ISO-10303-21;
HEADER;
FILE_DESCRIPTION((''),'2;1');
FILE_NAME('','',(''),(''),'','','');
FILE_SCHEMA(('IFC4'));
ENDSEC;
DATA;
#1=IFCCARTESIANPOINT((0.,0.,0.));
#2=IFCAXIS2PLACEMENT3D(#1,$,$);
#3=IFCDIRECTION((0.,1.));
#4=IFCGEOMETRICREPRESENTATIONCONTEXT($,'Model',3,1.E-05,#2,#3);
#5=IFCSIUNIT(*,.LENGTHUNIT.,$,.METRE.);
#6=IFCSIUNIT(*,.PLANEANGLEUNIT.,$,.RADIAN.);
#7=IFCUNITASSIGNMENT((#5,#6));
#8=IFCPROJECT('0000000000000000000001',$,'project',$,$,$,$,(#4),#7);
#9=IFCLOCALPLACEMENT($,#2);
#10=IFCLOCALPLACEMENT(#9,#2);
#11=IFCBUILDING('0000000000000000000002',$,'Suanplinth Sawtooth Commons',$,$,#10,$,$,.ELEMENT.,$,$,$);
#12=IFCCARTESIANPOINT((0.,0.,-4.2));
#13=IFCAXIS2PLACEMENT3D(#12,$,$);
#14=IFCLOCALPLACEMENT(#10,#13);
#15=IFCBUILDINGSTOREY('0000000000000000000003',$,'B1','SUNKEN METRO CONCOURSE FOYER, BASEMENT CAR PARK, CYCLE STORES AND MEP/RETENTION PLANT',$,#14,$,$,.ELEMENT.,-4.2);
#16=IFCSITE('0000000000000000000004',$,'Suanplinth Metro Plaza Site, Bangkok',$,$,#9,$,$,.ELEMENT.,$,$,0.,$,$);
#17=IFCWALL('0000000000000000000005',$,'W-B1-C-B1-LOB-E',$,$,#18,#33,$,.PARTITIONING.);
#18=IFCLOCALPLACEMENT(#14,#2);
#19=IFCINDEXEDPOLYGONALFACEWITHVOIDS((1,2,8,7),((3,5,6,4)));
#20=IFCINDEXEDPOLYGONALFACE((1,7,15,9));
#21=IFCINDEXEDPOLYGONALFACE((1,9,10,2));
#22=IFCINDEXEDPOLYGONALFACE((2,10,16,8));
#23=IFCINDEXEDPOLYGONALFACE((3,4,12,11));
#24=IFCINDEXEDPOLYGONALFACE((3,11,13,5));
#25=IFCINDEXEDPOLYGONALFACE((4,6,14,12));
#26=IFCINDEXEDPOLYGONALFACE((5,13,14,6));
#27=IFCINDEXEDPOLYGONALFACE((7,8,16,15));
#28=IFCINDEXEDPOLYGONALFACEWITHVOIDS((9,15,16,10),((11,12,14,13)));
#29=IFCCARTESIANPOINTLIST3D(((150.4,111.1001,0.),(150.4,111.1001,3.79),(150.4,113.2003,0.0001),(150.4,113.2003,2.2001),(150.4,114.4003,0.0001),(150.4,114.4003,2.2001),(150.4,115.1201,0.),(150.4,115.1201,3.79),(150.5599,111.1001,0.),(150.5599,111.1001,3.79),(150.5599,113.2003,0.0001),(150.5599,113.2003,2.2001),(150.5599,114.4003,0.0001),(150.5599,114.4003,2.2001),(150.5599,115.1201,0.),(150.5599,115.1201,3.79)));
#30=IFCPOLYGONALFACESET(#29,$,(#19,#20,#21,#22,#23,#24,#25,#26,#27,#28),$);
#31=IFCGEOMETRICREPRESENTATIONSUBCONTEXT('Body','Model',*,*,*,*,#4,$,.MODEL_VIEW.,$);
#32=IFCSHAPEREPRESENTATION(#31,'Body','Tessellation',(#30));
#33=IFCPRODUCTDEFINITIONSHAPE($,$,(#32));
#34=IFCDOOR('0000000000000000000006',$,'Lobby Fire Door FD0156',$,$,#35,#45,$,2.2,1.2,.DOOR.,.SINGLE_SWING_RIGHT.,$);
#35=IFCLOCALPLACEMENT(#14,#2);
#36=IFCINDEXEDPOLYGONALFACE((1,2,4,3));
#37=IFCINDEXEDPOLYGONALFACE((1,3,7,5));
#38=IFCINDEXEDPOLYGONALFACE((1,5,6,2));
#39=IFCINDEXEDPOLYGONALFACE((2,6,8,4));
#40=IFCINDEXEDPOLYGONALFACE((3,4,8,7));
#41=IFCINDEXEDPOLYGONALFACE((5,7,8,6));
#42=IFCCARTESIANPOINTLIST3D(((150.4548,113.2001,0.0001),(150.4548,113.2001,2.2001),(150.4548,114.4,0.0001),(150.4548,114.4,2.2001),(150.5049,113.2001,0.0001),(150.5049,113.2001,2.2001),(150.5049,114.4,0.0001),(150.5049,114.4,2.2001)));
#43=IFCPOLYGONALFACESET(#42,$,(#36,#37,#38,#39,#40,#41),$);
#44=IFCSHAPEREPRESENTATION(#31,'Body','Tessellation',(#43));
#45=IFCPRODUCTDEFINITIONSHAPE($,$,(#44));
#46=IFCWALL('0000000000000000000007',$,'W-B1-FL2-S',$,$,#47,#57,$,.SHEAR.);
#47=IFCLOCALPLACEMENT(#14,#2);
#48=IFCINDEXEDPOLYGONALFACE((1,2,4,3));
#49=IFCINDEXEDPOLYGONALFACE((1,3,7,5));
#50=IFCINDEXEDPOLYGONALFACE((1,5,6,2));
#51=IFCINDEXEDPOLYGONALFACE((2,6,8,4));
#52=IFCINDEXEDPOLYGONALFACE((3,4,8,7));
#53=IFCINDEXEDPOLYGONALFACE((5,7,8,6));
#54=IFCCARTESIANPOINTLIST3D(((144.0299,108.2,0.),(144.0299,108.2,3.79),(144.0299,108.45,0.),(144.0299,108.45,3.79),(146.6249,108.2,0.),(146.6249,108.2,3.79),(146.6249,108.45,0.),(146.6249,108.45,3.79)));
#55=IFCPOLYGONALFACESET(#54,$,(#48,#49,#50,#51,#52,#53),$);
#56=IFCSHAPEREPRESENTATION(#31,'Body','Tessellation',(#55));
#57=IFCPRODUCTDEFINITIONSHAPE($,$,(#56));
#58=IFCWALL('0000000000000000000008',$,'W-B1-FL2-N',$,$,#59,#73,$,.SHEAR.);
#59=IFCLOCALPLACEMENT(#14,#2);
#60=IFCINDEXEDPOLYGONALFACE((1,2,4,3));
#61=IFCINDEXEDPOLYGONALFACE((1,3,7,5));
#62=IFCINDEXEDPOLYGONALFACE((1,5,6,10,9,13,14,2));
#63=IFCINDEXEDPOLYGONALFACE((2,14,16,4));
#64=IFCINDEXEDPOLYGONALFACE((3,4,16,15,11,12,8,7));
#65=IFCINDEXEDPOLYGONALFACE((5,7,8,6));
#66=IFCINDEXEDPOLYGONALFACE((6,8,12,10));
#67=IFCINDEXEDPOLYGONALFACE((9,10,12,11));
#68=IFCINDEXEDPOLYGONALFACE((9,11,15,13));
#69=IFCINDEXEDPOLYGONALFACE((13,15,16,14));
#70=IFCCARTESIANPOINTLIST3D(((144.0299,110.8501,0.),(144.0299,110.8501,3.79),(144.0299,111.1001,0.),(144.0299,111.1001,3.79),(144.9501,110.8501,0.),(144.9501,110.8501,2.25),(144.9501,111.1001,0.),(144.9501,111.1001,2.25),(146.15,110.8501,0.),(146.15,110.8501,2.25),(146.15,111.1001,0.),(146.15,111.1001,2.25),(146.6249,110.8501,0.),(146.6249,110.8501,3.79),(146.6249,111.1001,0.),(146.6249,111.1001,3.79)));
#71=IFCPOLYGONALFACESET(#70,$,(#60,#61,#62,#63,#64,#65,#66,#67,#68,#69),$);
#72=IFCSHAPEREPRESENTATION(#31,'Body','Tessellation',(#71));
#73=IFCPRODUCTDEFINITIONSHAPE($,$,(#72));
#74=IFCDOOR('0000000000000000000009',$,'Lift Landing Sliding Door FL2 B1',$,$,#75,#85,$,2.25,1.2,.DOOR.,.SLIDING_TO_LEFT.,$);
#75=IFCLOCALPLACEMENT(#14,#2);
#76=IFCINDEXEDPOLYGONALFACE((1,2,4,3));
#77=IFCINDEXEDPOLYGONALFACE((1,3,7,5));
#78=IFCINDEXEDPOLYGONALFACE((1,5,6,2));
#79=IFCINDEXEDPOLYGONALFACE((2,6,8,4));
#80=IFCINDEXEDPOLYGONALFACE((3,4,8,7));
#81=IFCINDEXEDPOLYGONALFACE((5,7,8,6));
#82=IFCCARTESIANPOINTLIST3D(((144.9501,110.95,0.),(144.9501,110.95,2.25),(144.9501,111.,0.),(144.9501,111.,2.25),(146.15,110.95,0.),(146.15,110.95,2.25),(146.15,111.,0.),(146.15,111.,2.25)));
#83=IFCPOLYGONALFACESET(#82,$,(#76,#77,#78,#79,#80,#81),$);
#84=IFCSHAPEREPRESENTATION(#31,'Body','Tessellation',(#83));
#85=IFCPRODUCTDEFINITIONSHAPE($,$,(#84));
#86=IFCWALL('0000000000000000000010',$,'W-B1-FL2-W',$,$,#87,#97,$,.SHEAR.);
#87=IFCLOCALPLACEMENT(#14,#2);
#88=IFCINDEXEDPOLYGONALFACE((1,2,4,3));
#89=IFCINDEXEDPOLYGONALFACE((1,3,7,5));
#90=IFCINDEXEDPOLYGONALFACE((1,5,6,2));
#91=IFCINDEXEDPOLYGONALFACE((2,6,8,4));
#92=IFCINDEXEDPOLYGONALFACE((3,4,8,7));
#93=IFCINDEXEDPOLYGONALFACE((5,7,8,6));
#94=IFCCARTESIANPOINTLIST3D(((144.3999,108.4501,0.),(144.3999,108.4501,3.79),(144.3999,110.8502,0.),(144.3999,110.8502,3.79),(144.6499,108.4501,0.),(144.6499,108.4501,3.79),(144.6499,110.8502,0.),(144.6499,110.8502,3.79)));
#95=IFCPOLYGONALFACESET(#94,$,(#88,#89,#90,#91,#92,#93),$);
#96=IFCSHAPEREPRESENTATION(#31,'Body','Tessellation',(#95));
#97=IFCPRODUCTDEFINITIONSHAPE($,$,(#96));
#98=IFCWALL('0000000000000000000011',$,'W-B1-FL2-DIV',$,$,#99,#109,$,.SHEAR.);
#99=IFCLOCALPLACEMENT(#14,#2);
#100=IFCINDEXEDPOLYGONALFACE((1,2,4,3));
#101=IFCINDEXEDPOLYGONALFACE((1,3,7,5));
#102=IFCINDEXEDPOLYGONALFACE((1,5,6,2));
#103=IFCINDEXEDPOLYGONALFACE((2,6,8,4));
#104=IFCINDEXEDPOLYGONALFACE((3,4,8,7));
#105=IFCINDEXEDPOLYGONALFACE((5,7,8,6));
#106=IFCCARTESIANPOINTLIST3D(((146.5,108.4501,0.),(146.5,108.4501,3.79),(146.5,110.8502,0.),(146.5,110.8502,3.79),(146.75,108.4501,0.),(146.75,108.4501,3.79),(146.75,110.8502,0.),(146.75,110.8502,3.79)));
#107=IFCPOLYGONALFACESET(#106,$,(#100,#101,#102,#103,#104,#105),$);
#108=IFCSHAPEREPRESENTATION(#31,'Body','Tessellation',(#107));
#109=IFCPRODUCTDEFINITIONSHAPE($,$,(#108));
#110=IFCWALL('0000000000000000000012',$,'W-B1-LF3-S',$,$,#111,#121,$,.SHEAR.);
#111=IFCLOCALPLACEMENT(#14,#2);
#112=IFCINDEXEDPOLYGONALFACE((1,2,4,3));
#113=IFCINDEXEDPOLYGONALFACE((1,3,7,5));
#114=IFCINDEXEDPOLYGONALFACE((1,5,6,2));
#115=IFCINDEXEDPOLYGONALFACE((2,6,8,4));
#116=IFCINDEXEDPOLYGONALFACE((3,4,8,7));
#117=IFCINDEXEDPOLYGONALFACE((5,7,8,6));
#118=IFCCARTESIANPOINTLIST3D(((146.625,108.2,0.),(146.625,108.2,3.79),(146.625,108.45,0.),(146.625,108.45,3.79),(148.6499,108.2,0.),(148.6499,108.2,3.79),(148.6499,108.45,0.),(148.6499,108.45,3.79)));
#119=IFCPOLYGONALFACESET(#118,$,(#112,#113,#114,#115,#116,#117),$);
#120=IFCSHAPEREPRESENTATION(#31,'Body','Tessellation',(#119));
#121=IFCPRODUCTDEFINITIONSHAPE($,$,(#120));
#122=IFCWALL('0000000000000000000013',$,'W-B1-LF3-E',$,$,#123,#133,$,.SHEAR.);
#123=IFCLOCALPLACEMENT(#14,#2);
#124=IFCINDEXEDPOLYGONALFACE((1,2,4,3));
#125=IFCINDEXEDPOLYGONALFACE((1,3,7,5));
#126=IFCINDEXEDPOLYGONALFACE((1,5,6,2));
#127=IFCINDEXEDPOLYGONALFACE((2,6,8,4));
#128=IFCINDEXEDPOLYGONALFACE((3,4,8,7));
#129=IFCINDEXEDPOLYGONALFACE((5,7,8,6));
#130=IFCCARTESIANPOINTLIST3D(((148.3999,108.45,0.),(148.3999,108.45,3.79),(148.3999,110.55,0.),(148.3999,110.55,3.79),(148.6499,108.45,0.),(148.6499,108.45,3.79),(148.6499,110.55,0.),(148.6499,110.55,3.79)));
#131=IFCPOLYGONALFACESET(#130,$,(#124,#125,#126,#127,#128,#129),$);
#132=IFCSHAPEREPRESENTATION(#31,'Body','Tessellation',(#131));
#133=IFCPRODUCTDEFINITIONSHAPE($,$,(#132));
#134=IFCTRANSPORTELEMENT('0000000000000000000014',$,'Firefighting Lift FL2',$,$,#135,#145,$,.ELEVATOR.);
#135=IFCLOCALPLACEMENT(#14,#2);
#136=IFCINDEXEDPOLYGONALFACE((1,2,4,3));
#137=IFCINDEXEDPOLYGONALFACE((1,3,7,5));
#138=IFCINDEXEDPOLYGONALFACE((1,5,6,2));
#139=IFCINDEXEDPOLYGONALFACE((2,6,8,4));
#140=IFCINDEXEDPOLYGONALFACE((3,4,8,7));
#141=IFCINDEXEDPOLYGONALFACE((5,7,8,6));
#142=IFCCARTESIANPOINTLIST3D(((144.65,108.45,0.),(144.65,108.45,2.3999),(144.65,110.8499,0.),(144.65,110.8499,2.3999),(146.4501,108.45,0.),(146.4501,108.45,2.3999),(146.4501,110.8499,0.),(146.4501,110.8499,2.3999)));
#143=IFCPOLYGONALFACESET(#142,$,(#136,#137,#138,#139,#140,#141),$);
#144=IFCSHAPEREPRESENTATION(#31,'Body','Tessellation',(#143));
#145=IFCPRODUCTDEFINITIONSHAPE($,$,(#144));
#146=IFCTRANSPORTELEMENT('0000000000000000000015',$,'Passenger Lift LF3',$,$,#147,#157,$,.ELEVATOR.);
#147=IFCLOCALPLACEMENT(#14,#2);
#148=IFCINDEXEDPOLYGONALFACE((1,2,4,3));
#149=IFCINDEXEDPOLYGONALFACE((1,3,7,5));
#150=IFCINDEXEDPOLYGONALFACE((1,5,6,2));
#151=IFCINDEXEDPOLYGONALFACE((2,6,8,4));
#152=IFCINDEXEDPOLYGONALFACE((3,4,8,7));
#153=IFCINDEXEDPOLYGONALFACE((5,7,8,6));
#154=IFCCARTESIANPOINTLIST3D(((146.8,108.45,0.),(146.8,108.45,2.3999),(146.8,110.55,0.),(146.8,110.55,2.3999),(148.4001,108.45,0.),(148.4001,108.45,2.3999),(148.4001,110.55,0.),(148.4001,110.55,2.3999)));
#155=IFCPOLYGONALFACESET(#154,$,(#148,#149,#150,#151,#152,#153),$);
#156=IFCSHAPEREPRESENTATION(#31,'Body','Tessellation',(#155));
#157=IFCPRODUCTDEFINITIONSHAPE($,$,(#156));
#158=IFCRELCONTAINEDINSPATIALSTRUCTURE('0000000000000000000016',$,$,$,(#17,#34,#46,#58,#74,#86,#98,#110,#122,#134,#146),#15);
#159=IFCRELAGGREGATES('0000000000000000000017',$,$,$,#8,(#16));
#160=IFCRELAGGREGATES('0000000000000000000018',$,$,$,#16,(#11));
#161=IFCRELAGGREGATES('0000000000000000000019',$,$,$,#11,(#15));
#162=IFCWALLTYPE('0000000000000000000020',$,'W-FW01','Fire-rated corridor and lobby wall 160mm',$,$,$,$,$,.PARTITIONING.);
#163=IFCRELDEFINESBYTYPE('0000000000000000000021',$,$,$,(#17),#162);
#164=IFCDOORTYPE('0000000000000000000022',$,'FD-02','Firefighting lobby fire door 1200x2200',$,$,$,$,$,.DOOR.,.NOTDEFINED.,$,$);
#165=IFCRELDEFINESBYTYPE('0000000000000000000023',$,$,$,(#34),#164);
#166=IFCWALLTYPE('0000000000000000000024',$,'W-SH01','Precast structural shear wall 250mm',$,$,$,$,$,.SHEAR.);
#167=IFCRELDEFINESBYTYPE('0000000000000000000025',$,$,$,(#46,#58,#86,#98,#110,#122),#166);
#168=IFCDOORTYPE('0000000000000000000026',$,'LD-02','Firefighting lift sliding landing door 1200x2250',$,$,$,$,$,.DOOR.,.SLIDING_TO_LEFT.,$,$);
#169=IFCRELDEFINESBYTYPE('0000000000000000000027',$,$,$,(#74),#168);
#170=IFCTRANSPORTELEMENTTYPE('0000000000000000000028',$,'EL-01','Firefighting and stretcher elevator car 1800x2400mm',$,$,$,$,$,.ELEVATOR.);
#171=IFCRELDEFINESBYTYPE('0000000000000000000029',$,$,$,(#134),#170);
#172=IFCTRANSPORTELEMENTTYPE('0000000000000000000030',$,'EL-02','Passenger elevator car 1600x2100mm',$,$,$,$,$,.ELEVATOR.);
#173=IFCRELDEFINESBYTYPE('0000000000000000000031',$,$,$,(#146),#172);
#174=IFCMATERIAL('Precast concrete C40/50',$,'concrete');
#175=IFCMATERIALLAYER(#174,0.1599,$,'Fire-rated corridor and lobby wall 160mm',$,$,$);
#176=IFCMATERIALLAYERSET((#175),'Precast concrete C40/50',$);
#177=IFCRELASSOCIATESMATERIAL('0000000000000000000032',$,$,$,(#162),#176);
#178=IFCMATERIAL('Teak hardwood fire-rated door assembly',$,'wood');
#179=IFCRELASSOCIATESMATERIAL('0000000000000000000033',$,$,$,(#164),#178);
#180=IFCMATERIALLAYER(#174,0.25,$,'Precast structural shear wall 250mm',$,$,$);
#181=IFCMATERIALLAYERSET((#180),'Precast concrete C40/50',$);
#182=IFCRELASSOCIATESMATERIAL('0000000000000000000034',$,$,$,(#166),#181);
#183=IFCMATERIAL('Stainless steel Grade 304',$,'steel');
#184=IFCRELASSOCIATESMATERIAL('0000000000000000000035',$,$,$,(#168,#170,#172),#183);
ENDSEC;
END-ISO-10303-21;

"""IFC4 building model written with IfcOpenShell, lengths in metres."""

from ifc_helpers import new_model, si_unit, direction, frame, frame_2d, origin, origin_2d, place, context, subcontext, project, spatial, rectangle, extrude, material, layer, layer_set, type_object, element, fill, save


model = new_model("IFC4")

# Units and contexts
model_context = context("Model", 3, precision=1e-05, world=origin(), true_north=direction((0.0, 1.0)))
body_context = subcontext(model_context, "Body", "Model", "MODEL_VIEW")
ifc_project = project(units=[si_unit("LENGTHUNIT", "METRE"), si_unit("PLANEANGLEUNIT", "RADIAN")], contexts=[model_context])

# Site, building, storey
site_placement = place(None, origin())
site = spatial("IfcSite", under=ifc_project, at=site_placement, Name="Suanplinth Metro Plaza Site, Bangkok", CompositionType="ELEMENT", RefElevation=0.0)
building_placement = place(site_placement, origin())
building = spatial("IfcBuilding", under=site, at=building_placement, Name="Suanplinth Sawtooth Commons", CompositionType="ELEMENT")
storey_placement = place(building_placement, frame((0.0, 0.0, -4.2)))
storey = spatial("IfcBuildingStorey", under=building, at=storey_placement, Name="B1", Description="SUNKEN METRO CONCOURSE FOYER, BASEMENT CAR PARK, CYCLE STORES AND MEP/RETENTION PLANT", CompositionType="ELEMENT", Elevation=-4.2)

# Wall, opening, door
ifc_material_1 = material(Name="Precast concrete C40/50", Category="concrete")
ifc_layer_1 = layer(ifc_material_1, 0.1599, Name="Fire-rated corridor and lobby wall 160mm")
ifc_layer_set_1 = layer_set([ifc_layer_1], Name="Precast concrete C40/50")
wall_type_1 = type_object("IfcWallType", Name="W-FW01", Description="Fire-rated corridor and lobby wall 160mm", PredefinedType="PARTITIONING", material=ifc_layer_set_1)
ifc_material_2 = material(Name="Teak hardwood fire-rated door assembly", Category="wood")
door_type_1 = type_object("IfcDoorType", Name="FD-02", Description="Firefighting lobby fire door 1200x2200", OperationType="NOTDEFINED", PredefinedType="DOOR", material=ifc_material_2)
wall_1_placement = place(storey_placement, frame((150.48, 111.1001, 0.0), z_axis=(0.0, 0.0, 1.0), x_axis=(0.0, 1.0, 0.0)))
wall_1 = element("IfcWall", 1, at=wall_1_placement, inside=storey, type_object=wall_type_1, Name="W-B1-C-B1-LOB-E", PredefinedType="PARTITIONING", context=body_context, shape_type="SweptSolid", body=[
    extrude(rectangle(XDim=4.02, YDim=0.1599, at=frame_2d((2.01, 0.0))), origin(), (0.0, 0.0, 1.0), 3.79),
])
opening_1_placement = place(wall_1_placement, frame((2.1001, 0.0, 0.0)))
opening_1 = element("IfcOpeningElement", 2, at=opening_1_placement, cuts=wall_1, PredefinedType="OPENING", context=body_context, shape_type="SweptSolid", body=[
    extrude(rectangle(XDim=1.2, YDim=2.2, at=frame_2d((0.6001, 1.1001))), frame((0.0, 0.0947, 0.0), z_axis=(0.0, -1.0, 0.0), x_axis=(1.0, 0.0, 0.0)), (0.0, 0.0, 1.0), 0.1897),
])
door_1_placement = place(opening_1_placement, frame((1.2, 0.0, 0.0), z_axis=(0.0, 0.0, 1.0), x_axis=(-1.0, 0.0, 0.0)))
door_1 = element("IfcDoor", 3, at=door_1_placement, inside=storey, type_object=door_type_1, Name="Lobby Fire Door FD0156", OperationType="SINGLE_SWING_RIGHT", OverallHeight=2.2, OverallWidth=1.2, PredefinedType="DOOR", context=body_context, shape_type="SweptSolid", body=[
    extrude(rectangle(XDim=1.2, YDim=2.2, at=frame_2d((0.6001, 1.1001))), frame((0.0, 0.0249, 0.0), z_axis=(0.0, -1.0, 0.0), x_axis=(1.0, 0.0, 0.0)), (0.0, 0.0, 1.0), 0.05),
])
fill(opening_1, door_1)

# Wall
ifc_layer_2 = layer(ifc_material_1, 0.25, Name="Precast structural shear wall 250mm")
ifc_layer_set_2 = layer_set([ifc_layer_2], Name="Precast concrete C40/50")
wall_type_2 = type_object("IfcWallType", Name="W-SH01", Description="Precast structural shear wall 250mm", PredefinedType="SHEAR", material=ifc_layer_set_2)
wall_2_placement = place(storey_placement, frame((144.03, 108.325, 0.0), z_axis=(0.0, 0.0, 1.0), x_axis=(1.0, 0.0, 0.0)))
element("IfcWall", 4, at=wall_2_placement, inside=storey, type_object=wall_type_2, Name="W-B1-FL2-S", PredefinedType="SHEAR", context=body_context, shape_type="SweptSolid", body=[
    extrude(rectangle(XDim=2.595, YDim=0.25, at=frame_2d((1.2974, 0.0))), origin(), (0.0, 0.0, 1.0), 3.79),
])

# Wall, opening, door
wall_3_placement = place(storey_placement, frame((144.03, 110.9751, 0.0), z_axis=(0.0, 0.0, 1.0), x_axis=(1.0, 0.0, 0.0)))
wall_3 = element("IfcWall", 5, at=wall_3_placement, inside=storey, type_object=wall_type_2, Name="W-B1-FL2-N", PredefinedType="SHEAR", context=body_context, shape_type="SweptSolid", body=[
    extrude(rectangle(XDim=2.595, YDim=0.25, at=frame_2d((1.2974, 0.0))), origin(), (0.0, 0.0, 1.0), 3.79),
])
opening_2_placement = place(wall_3_placement, frame((0.9199, 0.0, 0.0)))
opening_2 = element("IfcOpeningElement", 6, at=opening_2_placement, cuts=wall_3, PredefinedType="OPENING", context=body_context, shape_type="SweptSolid", body=[
    extrude(rectangle(XDim=1.2, YDim=2.25, at=frame_2d((0.6001, 1.125))), frame((0.0, 0.1399, 0.0), z_axis=(0.0, -1.0, 0.0), x_axis=(1.0, 0.0, 0.0)), (0.0, 0.0, 1.0), 0.2798),
])
ifc_material_3 = material(Name="Stainless steel Grade 304", Category="steel")
door_type_2 = type_object("IfcDoorType", Name="LD-02", Description="Firefighting lift sliding landing door 1200x2250", OperationType="SLIDING_TO_LEFT", PredefinedType="DOOR", material=ifc_material_3)
door_2_placement = place(opening_2_placement, origin())
door_2 = element("IfcDoor", 7, at=door_2_placement, inside=storey, type_object=door_type_2, Name="Lift Landing Sliding Door FL2 B1", OperationType="SLIDING_TO_LEFT", OverallHeight=2.25, OverallWidth=1.2, PredefinedType="DOOR", context=body_context, shape_type="SweptSolid", body=[
    extrude(rectangle(XDim=1.2, YDim=2.25, at=frame_2d((0.6001, 1.125))), frame((0.0, 0.0249, 0.0), z_axis=(0.0, -1.0, 0.0), x_axis=(1.0, 0.0, 0.0)), (0.0, 0.0, 1.0), 0.05),
])
fill(opening_2, door_2)

# Walls
for number, where, z_axis, x_axis, name in (
    (8, (144.5249, 108.45, 0.0), (0.0, 0.0, 1.0), (0.0, 1.0, 0.0), "W-B1-FL2-W"),
    (9, (146.625, 108.45, 0.0), (0.0, 0.0, 1.0), (0.0, 1.0, 0.0), "W-B1-FL2-DIV"),
):
    element("IfcWall", number, at=place(storey_placement, frame(where, z_axis=z_axis, x_axis=x_axis)), inside=storey, type_object=wall_type_2, Name=name, PredefinedType="SHEAR", context=body_context, shape_type="SweptSolid", body=[
        extrude(rectangle(XDim=2.4001, YDim=0.25, at=frame_2d((1.2002, 0.0))), origin(), (0.0, 0.0, 1.0), 3.79),
    ])
wall_4_placement = place(storey_placement, frame((146.625, 108.325, 0.0), z_axis=(0.0, 0.0, 1.0), x_axis=(1.0, 0.0, 0.0)))
element("IfcWall", 10, at=wall_4_placement, inside=storey, type_object=wall_type_2, Name="W-B1-LF3-S", PredefinedType="SHEAR", context=body_context, shape_type="SweptSolid", body=[
    extrude(rectangle(XDim=2.0249, YDim=0.25, at=frame_2d((1.0125, 0.0))), origin(), (0.0, 0.0, 1.0), 3.79),
])

# Wall
wall_5_placement = place(storey_placement, frame((148.5249, 108.45, 0.0), z_axis=(0.0, 0.0, 1.0), x_axis=(0.0, 1.0, 0.0)))
element("IfcWall", 11, at=wall_5_placement, inside=storey, type_object=wall_type_2, Name="W-B1-LF3-E", PredefinedType="SHEAR", context=body_context, shape_type="SweptSolid", body=[
    extrude(rectangle(XDim=2.1001, YDim=0.25, at=frame_2d((1.05, 0.0))), origin(), (0.0, 0.0, 1.0), 3.79),
])

# Transport elements
transport_element_type_1 = type_object("IfcTransportElementType", Name="EL-01", Description="Firefighting and stretcher elevator car 1800x2400mm", PredefinedType="ELEVATOR", material=ifc_material_3)
transport_element_1_placement = place(storey_placement, frame((145.55, 109.6499, 0.0), z_axis=(0.0, 0.0, 1.0), x_axis=(1.0, 0.0, 0.0)))
element("IfcTransportElement", 12, at=transport_element_1_placement, inside=storey, type_object=transport_element_type_1, Name="Firefighting Lift FL2", PredefinedType="ELEVATOR", context=body_context, shape_type="SweptSolid", body=[
    extrude(rectangle(XDim=1.8, YDim=2.3999, at=origin_2d()), origin(), (0.0, 0.0, 1.0), 2.3999),
])
transport_element_type_2 = type_object("IfcTransportElementType", Name="EL-02", Description="Passenger elevator car 1600x2100mm", PredefinedType="ELEVATOR", material=ifc_material_3)
transport_element_2_placement = place(storey_placement, frame((147.6001, 109.5, 0.0), z_axis=(0.0, 0.0, 1.0), x_axis=(1.0, 0.0, 0.0)))
element("IfcTransportElement", 13, at=transport_element_2_placement, inside=storey, type_object=transport_element_type_2, Name="Passenger Lift LF3", PredefinedType="ELEVATOR", context=body_context, shape_type="SweptSolid", body=[
    extrude(rectangle(XDim=1.6001, YDim=2.1001, at=origin_2d()), origin(), (0.0, 0.0, 1.0), 2.3999),
])

save(model, "model.ifc")
